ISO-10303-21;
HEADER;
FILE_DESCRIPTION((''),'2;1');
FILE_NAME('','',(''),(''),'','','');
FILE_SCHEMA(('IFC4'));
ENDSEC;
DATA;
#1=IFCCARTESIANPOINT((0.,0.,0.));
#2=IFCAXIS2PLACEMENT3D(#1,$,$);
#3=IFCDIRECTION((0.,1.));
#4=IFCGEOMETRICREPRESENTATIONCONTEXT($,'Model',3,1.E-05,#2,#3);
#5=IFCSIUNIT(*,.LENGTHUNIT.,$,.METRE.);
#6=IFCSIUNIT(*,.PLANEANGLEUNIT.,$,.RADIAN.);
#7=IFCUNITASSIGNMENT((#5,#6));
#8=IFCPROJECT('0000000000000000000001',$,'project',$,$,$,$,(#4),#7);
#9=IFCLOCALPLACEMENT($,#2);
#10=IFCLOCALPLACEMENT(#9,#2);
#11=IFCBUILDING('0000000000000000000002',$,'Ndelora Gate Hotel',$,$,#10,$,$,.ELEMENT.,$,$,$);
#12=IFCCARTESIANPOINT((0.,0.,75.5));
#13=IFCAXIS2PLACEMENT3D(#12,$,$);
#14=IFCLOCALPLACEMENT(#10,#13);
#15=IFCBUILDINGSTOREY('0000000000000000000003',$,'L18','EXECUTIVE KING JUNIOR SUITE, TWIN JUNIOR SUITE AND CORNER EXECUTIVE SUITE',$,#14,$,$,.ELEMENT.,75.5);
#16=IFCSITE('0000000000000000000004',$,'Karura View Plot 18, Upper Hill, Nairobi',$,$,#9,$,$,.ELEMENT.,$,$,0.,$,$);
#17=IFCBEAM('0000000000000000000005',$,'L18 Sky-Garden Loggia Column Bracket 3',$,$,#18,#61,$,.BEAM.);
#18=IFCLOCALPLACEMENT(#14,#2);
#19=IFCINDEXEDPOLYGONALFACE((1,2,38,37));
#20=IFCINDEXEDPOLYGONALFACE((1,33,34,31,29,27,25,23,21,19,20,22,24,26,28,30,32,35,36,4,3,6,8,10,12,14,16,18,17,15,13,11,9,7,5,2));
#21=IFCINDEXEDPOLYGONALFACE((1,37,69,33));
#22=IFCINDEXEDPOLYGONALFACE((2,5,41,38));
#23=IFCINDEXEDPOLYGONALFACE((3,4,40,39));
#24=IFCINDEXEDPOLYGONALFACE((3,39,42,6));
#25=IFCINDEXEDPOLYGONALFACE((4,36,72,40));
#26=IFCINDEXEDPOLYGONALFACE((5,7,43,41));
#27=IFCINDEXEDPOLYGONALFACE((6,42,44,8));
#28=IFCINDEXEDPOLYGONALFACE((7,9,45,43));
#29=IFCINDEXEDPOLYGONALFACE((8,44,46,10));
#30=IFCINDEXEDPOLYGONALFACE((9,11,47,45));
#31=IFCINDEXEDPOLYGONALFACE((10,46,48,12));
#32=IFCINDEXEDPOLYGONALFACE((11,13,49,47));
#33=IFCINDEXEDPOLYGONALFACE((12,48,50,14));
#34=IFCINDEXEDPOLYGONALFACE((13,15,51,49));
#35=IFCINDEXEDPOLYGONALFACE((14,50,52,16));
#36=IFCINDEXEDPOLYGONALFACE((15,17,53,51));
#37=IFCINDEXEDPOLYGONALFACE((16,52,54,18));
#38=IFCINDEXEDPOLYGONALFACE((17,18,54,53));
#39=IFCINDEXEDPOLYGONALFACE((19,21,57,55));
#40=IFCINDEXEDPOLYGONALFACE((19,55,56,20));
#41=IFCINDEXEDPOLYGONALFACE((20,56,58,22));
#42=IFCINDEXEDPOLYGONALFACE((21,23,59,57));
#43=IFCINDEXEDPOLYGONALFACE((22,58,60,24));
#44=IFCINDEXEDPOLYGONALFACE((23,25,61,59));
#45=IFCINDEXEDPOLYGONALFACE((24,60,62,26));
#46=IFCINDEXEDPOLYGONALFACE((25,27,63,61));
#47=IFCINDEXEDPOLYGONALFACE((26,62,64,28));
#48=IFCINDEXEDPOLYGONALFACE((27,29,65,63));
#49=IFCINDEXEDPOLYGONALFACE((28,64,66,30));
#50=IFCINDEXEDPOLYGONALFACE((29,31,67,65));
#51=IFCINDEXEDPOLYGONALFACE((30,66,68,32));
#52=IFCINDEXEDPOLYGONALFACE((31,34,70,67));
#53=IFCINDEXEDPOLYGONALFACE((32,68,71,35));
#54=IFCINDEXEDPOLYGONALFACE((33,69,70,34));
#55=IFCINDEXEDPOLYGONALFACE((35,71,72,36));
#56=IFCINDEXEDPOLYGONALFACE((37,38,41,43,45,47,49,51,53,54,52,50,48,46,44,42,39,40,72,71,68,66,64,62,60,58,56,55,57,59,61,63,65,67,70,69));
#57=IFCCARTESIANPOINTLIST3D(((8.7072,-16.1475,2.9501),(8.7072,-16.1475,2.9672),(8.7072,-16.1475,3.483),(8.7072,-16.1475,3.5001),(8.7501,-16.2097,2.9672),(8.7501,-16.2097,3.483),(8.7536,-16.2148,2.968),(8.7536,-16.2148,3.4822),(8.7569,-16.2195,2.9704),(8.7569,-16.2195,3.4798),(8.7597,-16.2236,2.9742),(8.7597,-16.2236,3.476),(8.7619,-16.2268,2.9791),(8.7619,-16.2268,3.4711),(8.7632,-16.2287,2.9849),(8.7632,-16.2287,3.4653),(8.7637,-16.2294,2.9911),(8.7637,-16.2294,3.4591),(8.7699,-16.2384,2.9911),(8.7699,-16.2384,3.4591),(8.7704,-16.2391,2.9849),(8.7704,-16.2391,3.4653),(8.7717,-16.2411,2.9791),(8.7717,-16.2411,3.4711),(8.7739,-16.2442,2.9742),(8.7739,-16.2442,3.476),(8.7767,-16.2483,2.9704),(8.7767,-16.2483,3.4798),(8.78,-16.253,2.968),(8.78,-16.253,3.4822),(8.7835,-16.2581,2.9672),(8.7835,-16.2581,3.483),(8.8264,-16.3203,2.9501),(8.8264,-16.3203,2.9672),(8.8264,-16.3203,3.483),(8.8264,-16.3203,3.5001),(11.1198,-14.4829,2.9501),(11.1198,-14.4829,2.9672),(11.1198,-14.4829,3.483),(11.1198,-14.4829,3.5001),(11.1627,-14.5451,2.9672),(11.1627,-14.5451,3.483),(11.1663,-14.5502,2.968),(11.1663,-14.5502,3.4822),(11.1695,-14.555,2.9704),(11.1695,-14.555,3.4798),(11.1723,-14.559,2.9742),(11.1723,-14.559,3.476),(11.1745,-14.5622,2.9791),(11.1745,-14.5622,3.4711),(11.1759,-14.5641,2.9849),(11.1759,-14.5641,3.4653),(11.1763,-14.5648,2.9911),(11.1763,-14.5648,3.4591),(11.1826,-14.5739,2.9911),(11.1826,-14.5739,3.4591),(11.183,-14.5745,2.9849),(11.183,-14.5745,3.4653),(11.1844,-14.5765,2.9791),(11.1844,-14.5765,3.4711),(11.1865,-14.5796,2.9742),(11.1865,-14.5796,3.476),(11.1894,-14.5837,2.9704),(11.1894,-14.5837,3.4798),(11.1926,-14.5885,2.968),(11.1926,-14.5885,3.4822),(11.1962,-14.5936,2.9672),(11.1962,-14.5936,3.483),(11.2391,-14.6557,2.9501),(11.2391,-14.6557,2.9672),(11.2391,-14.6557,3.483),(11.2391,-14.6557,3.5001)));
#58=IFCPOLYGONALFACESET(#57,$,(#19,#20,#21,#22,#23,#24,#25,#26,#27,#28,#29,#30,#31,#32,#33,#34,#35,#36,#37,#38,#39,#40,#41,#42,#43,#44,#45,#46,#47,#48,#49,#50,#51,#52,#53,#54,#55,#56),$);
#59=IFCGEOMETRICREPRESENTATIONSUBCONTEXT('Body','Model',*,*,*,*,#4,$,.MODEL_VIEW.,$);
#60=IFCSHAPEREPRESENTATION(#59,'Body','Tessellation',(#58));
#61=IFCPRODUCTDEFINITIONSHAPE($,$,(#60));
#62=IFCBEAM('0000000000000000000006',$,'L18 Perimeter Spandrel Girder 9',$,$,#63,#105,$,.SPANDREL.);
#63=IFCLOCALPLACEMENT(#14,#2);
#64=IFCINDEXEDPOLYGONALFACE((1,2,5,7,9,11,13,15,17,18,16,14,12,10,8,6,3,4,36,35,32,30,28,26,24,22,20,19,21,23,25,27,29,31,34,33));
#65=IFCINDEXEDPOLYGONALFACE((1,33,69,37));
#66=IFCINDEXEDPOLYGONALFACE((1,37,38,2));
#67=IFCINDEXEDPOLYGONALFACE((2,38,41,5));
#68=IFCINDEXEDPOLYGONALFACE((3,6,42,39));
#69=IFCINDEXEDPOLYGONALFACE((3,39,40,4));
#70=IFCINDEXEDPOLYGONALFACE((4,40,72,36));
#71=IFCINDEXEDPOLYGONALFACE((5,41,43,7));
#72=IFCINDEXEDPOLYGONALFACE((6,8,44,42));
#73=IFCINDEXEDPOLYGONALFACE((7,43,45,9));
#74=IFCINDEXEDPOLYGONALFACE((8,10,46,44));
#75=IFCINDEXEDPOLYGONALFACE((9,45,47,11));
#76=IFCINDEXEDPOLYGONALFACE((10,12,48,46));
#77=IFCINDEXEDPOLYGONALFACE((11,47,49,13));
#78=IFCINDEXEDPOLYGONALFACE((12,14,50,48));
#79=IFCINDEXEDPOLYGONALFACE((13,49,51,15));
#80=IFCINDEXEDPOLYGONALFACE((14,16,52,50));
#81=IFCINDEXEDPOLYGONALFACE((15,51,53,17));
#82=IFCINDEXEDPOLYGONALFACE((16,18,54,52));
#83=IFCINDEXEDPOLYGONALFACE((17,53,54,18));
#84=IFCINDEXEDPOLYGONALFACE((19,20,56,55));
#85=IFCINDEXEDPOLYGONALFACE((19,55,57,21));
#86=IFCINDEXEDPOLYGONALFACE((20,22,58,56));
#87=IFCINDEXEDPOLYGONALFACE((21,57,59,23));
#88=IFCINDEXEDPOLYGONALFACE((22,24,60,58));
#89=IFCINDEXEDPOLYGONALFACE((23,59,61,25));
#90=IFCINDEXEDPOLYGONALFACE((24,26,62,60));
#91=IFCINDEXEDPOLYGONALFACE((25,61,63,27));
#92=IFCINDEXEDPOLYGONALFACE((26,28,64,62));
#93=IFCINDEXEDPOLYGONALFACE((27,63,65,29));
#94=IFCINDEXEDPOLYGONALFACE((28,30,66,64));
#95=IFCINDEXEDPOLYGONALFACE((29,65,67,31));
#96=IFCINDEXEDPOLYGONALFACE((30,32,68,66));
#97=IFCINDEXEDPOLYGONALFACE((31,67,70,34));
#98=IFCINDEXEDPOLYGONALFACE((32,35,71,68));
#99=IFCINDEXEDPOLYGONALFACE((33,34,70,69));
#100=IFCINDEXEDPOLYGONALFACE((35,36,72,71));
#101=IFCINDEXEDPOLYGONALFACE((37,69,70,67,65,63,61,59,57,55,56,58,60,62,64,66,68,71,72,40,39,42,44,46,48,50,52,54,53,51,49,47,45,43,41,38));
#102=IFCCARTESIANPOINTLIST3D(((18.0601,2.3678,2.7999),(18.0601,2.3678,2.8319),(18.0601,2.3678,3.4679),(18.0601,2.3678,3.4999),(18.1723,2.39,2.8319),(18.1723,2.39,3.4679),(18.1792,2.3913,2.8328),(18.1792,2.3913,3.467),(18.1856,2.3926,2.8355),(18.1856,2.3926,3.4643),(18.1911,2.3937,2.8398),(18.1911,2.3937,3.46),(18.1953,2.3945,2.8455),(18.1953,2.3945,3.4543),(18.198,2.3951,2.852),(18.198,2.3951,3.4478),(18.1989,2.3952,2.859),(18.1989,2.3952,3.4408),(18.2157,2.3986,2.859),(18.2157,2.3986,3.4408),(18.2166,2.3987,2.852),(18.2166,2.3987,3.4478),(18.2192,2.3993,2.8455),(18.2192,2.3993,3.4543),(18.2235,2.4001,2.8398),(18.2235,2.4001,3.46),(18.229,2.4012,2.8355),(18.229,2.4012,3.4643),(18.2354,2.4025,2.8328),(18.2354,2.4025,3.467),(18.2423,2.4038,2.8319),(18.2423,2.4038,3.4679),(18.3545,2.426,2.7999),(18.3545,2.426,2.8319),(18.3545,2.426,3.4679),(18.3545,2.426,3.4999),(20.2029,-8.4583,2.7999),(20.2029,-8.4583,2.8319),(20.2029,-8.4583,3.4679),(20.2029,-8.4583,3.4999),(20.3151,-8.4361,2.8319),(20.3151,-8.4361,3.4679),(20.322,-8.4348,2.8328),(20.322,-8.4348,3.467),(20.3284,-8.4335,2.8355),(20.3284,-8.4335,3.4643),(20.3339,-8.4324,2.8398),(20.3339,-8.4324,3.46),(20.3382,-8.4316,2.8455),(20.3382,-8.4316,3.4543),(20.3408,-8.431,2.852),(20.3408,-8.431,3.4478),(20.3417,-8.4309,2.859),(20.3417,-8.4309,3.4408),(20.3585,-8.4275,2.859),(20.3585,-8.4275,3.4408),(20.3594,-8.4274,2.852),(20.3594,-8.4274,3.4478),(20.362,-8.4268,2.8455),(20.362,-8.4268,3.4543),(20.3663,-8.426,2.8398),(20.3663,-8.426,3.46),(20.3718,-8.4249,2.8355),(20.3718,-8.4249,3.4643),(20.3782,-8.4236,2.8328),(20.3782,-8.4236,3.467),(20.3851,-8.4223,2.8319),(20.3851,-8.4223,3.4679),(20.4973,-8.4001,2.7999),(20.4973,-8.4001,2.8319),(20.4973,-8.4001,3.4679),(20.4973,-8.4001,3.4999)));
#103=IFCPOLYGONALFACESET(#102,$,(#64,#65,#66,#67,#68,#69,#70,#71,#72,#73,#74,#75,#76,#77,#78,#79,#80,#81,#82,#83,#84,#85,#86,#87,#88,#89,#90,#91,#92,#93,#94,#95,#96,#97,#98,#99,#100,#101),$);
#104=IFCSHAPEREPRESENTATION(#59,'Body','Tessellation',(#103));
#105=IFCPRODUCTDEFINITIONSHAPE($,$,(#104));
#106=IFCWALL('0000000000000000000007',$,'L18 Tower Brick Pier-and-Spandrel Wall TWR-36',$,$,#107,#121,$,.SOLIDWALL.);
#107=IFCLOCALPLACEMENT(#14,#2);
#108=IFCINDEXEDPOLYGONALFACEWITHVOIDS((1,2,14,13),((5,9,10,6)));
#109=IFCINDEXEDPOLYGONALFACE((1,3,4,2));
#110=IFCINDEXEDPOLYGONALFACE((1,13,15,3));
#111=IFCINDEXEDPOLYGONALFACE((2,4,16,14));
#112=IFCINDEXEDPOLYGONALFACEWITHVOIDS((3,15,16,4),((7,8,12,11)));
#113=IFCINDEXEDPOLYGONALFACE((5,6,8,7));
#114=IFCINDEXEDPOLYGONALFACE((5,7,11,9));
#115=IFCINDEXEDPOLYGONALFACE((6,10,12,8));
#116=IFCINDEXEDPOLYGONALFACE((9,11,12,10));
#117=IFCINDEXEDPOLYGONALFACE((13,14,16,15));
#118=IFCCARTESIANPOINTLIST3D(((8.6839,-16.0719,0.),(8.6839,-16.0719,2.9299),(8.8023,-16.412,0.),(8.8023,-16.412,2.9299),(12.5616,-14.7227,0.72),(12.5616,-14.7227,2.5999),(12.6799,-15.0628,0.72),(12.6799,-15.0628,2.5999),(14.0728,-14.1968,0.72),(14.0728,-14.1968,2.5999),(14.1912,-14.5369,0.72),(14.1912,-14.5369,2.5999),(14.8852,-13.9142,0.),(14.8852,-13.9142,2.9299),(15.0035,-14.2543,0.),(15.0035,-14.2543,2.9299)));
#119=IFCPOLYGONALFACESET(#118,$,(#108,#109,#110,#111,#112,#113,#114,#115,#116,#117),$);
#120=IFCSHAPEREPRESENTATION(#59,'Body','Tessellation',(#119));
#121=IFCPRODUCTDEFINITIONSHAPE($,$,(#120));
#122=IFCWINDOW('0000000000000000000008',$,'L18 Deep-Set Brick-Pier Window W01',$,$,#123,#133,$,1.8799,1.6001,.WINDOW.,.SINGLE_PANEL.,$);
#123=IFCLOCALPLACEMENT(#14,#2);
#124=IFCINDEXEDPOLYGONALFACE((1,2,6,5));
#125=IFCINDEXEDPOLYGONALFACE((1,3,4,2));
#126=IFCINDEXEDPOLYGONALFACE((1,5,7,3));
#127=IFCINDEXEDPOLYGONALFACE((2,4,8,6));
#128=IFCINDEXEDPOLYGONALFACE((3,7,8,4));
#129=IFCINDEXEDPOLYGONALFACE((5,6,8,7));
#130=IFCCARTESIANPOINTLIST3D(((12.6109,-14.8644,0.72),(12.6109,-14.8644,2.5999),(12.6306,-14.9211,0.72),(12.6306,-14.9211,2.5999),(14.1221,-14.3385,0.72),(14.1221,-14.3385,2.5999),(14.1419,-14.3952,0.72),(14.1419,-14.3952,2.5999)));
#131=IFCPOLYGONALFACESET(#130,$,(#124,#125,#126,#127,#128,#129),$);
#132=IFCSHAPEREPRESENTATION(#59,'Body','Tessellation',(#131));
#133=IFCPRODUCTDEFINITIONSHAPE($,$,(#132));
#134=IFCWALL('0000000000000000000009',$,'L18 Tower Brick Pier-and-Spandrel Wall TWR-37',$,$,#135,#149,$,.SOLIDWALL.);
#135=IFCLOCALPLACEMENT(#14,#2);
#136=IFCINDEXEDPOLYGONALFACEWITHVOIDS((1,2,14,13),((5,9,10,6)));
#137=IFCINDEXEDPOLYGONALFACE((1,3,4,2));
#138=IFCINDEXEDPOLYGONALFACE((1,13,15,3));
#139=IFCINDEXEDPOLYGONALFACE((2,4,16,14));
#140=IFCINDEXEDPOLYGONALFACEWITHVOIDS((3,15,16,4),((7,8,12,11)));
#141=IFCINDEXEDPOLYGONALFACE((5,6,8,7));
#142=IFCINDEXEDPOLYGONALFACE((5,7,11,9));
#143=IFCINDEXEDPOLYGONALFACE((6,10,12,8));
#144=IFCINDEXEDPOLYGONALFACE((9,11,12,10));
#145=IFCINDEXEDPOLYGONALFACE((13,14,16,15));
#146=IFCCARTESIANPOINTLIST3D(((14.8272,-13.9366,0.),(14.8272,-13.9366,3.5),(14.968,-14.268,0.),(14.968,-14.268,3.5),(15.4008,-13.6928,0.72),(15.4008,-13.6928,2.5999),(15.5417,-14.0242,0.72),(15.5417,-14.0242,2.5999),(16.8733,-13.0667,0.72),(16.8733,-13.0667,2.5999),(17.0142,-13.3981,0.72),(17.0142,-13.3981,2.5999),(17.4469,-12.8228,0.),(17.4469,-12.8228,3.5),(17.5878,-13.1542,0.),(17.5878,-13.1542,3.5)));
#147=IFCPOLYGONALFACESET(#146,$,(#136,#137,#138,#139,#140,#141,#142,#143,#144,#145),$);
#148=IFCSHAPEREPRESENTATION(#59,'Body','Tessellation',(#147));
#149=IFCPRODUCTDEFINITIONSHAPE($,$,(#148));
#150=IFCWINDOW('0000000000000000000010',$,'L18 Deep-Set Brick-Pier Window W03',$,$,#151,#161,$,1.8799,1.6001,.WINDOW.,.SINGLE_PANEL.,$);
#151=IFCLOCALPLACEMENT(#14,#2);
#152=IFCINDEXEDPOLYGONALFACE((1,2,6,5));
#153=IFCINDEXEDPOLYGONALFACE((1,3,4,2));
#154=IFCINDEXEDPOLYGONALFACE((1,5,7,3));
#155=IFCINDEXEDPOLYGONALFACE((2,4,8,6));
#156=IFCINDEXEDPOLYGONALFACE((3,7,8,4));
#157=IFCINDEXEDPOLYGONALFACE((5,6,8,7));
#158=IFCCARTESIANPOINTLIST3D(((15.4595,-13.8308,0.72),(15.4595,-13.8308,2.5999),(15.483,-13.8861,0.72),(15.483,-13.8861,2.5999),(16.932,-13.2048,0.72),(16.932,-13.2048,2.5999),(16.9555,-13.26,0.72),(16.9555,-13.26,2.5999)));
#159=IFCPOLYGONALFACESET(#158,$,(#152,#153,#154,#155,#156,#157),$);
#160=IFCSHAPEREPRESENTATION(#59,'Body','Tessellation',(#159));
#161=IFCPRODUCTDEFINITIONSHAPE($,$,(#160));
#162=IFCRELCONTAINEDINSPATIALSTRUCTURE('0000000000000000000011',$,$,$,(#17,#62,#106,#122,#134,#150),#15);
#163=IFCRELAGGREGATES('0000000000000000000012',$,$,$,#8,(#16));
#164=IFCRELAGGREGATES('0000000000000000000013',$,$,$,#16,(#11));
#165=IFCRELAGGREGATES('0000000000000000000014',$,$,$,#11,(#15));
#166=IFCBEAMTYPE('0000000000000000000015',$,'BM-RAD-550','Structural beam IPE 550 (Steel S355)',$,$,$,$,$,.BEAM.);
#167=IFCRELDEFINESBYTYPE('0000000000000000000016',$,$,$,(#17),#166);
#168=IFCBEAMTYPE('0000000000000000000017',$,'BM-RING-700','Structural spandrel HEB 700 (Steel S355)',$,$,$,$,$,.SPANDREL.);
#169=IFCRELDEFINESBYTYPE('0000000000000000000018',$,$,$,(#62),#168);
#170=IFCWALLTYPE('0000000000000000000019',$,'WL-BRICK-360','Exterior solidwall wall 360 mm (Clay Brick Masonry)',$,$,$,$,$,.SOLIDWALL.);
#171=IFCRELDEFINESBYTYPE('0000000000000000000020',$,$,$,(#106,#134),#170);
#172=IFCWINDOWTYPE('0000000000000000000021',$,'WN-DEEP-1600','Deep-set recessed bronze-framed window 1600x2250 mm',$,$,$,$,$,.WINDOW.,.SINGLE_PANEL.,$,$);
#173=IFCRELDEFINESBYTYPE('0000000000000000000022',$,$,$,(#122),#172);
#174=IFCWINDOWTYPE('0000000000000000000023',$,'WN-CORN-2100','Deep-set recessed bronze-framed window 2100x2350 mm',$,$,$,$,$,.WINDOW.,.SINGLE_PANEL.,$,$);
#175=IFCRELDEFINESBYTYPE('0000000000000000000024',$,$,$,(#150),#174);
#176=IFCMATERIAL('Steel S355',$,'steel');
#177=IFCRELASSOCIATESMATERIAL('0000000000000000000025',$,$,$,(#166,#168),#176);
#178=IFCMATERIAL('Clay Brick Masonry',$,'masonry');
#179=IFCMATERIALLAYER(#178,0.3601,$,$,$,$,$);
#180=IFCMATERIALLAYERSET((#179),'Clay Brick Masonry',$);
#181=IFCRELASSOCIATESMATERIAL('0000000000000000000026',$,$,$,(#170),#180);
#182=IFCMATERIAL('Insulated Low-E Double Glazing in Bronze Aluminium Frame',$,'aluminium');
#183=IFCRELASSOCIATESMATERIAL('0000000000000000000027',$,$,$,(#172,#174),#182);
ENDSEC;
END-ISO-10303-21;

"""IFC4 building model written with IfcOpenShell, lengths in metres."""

from ifc_helpers import new_model, si_unit, direction, frame, frame_2d, origin, origin_2d, place, context, subcontext, project, spatial, rectangle, i_section, extrude, material, layer, layer_set, material_profile, profile_set, type_object, element, fill, save


model = new_model("IFC4")

# Units and contexts
model_context = context("Model", 3, precision=1e-05, world=origin(), true_north=direction((0.0, 1.0)))
body_context = subcontext(model_context, "Body", "Model", "MODEL_VIEW")
ifc_project = project(units=[si_unit("LENGTHUNIT", "METRE"), si_unit("PLANEANGLEUNIT", "RADIAN")], contexts=[model_context])

# Site, building, storey
site_placement = place(None, origin())
site = spatial("IfcSite", under=ifc_project, at=site_placement, Name="Karura View Plot 18, Upper Hill, Nairobi", CompositionType="ELEMENT", RefElevation=0.0)
building_placement = place(site_placement, origin())
building = spatial("IfcBuilding", under=site, at=building_placement, Name="Ndelora Gate Hotel", CompositionType="ELEMENT")
storey_placement = place(building_placement, frame((0.0, 0.0, 75.5)))
storey = spatial("IfcBuildingStorey", under=building, at=storey_placement, Name="L18", Description="EXECUTIVE KING JUNIOR SUITE, TWIN JUNIOR SUITE AND CORNER EXECUTIVE SUITE", CompositionType="ELEMENT", Elevation=75.5)

# Beams
ifc_material_1 = material(Name="Steel S355", Category="steel")
ifc_material_profile_1 = material_profile(ifc_material_1, i_section(OverallWidth=0.21, OverallDepth=0.55, WebThickness=0.011, FlangeThickness=0.0171, FilletRadius=0.0239, at=origin_2d()), Name="IPE 550")
ifc_profile_set_1 = profile_set([ifc_material_profile_1], Name="Steel S355")
beam_type_1 = type_object("IfcBeamType", Name="BM-RAD-550", Description="Structural beam IPE 550 (Steel S355)", PredefinedType="BEAM", material=ifc_profile_set_1)
beam_1_placement = place(storey_placement, frame((11.1794, -14.5693, 3.2251), z_axis=(-0.823103, -0.567893, 0.0), x_axis=(0.567893, -0.823103, 0.0)))
element("IfcBeam", 1, at=beam_1_placement, inside=storey, type_object=beam_type_1, Name="L18 Sky-Garden Loggia Column Bracket 3", PredefinedType="BEAM", context=body_context, shape_type="SweptSolid", body=[
    extrude(i_section(OverallWidth=0.21, OverallDepth=0.55, WebThickness=0.011, FlangeThickness=0.0171, FilletRadius=0.0239, at=origin_2d()), origin(), (0.0, 0.0, 1.0), 2.9312),
])
ifc_material_profile_2 = material_profile(ifc_material_1, i_section(OverallWidth=0.3, OverallDepth=0.7, WebThickness=0.0171, FlangeThickness=0.032, FilletRadius=0.0271, at=origin_2d()), Name="HEB 700")
ifc_profile_set_2 = profile_set([ifc_material_profile_2], Name="Steel S355")
beam_type_2 = type_object("IfcBeamType", Name="BM-RING-700", Description="Structural spandrel HEB 700 (Steel S355)", PredefinedType="SPANDREL", material=ifc_profile_set_2)
beam_2_placement = place(storey_placement, frame((20.3501, -8.4292, 3.1499), z_axis=(-0.194163, 0.980969, 0.0), x_axis=(-0.980969, -0.194163, 0.0)))
element("IfcBeam", 2, at=beam_2_placement, inside=storey, type_object=beam_type_2, Name="L18 Perimeter Spandrel Girder 9", PredefinedType="SPANDREL", context=body_context, shape_type="SweptSolid", body=[
    extrude(i_section(OverallWidth=0.3, OverallDepth=0.7, WebThickness=0.0171, FlangeThickness=0.032, FilletRadius=0.0271, at=origin_2d()), origin(), (0.0, 0.0, 1.0), 11.0361),
])

# Walls, openings, windows
ifc_material_2 = material(Name="Clay Brick Masonry", Category="masonry")
ifc_layer_1 = layer(ifc_material_2, 0.3601)
ifc_layer_set_1 = layer_set([ifc_layer_1], Name="Clay Brick Masonry")
wall_type_1 = type_object("IfcWallType", Name="WL-BRICK-360", Description="Exterior solidwall wall 360 mm (Clay Brick Masonry)", PredefinedType="SOLIDWALL", material=ifc_layer_set_1)
wall_1_placement = place(storey_placement, frame((14.9443, -14.0842, 0.0), z_axis=(0.0, 0.0, 1.0), x_axis=(-0.94446, -0.328627, 0.0)))
wall_1 = element("IfcWall", 3, at=wall_1_placement, inside=storey, type_object=wall_type_1, Name="L18 Tower Brick Pier-and-Spandrel Wall TWR-36", PredefinedType="SOLIDWALL", context=body_context, shape_type="SweptSolid", body=[
    extrude(rectangle(XDim=6.5659, YDim=0.3601, at=frame_2d((3.283, 0.0))), origin(), (0.0, 0.0, 1.0), 2.9299),
])
opening_1_placement = place(wall_1_placement, frame((0.8601, 0.0, 0.72)))
opening_1 = element("IfcOpeningElement", 4, at=opening_1_placement, cuts=wall_1, PredefinedType="OPENING", context=body_context, shape_type="SweptSolid", body=[
    extrude(rectangle(XDim=1.6001, YDim=1.8799, at=frame_2d((0.8, 0.9399))), frame((0.0, 0.1899, 0.0), z_axis=(0.0, -1.0, 0.0), x_axis=(1.0, 0.0, 0.0)), (0.0, 0.0, 1.0), 0.3801),
])
ifc_material_3 = material(Name="Insulated Low-E Double Glazing in Bronze Aluminium Frame", Category="aluminium")
window_type_1 = type_object("IfcWindowType", Name="WN-DEEP-1600", Description="Deep-set recessed bronze-framed window 1600x2250 mm", PartitioningType="SINGLE_PANEL", PredefinedType="WINDOW", material=ifc_material_3)
window_1_placement = place(opening_1_placement, origin())
window_1 = element("IfcWindow", 5, at=window_1_placement, inside=storey, type_object=window_type_1, Name="L18 Deep-Set Brick-Pier Window W01", OverallHeight=1.8799, OverallWidth=1.6001, PartitioningType="SINGLE_PANEL", PredefinedType="WINDOW", context=body_context, shape_type="SweptSolid", body=[
    extrude(rectangle(XDim=1.6001, YDim=1.8799, at=frame_2d((0.8, 0.9399))), frame((0.0, 0.03, 0.0), z_axis=(0.0, -1.0, 0.0), x_axis=(1.0, 0.0, 0.0)), (0.0, 0.0, 1.0), 0.0601),
])
fill(opening_1, window_1)
wall_2_placement = place(storey_placement, frame((17.5173, -12.9885, 0.0), z_axis=(0.0, 0.0, 1.0), x_axis=(-0.920277, -0.391268, 0.0)))
wall_2 = element("IfcWall", 6, at=wall_2_placement, inside=storey, type_object=wall_type_1, Name="L18 Tower Brick Pier-and-Spandrel Wall TWR-37", PredefinedType="SOLIDWALL", context=body_context, shape_type="SweptSolid", body=[
    extrude(rectangle(XDim=2.8467, YDim=0.3601, at=frame_2d((1.4233, 0.0))), origin(), (0.0, 0.0, 1.0), 3.5),
])
opening_2_placement = place(wall_2_placement, frame((0.6233, 0.0, 0.72)))
opening_2 = element("IfcOpeningElement", 7, at=opening_2_placement, cuts=wall_2, PredefinedType="OPENING", context=body_context, shape_type="SweptSolid", body=[
    extrude(rectangle(XDim=1.6001, YDim=1.8799, at=frame_2d((0.8, 0.9399))), frame((0.0, 0.1899, 0.0), z_axis=(0.0, -1.0, 0.0), x_axis=(1.0, 0.0, 0.0)), (0.0, 0.0, 1.0), 0.3801),
])
window_type_2 = type_object("IfcWindowType", Name="WN-CORN-2100", Description="Deep-set recessed bronze-framed window 2100x2350 mm", PartitioningType="SINGLE_PANEL", PredefinedType="WINDOW", material=ifc_material_3)
window_2_placement = place(opening_2_placement, origin())
window_2 = element("IfcWindow", 8, at=window_2_placement, inside=storey, type_object=window_type_2, Name="L18 Deep-Set Brick-Pier Window W03", OverallHeight=1.8799, OverallWidth=1.6001, PartitioningType="SINGLE_PANEL", PredefinedType="WINDOW", context=body_context, shape_type="SweptSolid", body=[
    extrude(rectangle(XDim=1.6001, YDim=1.8799, at=frame_2d((0.8, 0.9399))), frame((0.0, 0.03, 0.0), z_axis=(0.0, -1.0, 0.0), x_axis=(1.0, 0.0, 0.0)), (0.0, 0.0, 1.0), 0.0601),
])
fill(opening_2, window_2)

save(model, "model.ifc")
